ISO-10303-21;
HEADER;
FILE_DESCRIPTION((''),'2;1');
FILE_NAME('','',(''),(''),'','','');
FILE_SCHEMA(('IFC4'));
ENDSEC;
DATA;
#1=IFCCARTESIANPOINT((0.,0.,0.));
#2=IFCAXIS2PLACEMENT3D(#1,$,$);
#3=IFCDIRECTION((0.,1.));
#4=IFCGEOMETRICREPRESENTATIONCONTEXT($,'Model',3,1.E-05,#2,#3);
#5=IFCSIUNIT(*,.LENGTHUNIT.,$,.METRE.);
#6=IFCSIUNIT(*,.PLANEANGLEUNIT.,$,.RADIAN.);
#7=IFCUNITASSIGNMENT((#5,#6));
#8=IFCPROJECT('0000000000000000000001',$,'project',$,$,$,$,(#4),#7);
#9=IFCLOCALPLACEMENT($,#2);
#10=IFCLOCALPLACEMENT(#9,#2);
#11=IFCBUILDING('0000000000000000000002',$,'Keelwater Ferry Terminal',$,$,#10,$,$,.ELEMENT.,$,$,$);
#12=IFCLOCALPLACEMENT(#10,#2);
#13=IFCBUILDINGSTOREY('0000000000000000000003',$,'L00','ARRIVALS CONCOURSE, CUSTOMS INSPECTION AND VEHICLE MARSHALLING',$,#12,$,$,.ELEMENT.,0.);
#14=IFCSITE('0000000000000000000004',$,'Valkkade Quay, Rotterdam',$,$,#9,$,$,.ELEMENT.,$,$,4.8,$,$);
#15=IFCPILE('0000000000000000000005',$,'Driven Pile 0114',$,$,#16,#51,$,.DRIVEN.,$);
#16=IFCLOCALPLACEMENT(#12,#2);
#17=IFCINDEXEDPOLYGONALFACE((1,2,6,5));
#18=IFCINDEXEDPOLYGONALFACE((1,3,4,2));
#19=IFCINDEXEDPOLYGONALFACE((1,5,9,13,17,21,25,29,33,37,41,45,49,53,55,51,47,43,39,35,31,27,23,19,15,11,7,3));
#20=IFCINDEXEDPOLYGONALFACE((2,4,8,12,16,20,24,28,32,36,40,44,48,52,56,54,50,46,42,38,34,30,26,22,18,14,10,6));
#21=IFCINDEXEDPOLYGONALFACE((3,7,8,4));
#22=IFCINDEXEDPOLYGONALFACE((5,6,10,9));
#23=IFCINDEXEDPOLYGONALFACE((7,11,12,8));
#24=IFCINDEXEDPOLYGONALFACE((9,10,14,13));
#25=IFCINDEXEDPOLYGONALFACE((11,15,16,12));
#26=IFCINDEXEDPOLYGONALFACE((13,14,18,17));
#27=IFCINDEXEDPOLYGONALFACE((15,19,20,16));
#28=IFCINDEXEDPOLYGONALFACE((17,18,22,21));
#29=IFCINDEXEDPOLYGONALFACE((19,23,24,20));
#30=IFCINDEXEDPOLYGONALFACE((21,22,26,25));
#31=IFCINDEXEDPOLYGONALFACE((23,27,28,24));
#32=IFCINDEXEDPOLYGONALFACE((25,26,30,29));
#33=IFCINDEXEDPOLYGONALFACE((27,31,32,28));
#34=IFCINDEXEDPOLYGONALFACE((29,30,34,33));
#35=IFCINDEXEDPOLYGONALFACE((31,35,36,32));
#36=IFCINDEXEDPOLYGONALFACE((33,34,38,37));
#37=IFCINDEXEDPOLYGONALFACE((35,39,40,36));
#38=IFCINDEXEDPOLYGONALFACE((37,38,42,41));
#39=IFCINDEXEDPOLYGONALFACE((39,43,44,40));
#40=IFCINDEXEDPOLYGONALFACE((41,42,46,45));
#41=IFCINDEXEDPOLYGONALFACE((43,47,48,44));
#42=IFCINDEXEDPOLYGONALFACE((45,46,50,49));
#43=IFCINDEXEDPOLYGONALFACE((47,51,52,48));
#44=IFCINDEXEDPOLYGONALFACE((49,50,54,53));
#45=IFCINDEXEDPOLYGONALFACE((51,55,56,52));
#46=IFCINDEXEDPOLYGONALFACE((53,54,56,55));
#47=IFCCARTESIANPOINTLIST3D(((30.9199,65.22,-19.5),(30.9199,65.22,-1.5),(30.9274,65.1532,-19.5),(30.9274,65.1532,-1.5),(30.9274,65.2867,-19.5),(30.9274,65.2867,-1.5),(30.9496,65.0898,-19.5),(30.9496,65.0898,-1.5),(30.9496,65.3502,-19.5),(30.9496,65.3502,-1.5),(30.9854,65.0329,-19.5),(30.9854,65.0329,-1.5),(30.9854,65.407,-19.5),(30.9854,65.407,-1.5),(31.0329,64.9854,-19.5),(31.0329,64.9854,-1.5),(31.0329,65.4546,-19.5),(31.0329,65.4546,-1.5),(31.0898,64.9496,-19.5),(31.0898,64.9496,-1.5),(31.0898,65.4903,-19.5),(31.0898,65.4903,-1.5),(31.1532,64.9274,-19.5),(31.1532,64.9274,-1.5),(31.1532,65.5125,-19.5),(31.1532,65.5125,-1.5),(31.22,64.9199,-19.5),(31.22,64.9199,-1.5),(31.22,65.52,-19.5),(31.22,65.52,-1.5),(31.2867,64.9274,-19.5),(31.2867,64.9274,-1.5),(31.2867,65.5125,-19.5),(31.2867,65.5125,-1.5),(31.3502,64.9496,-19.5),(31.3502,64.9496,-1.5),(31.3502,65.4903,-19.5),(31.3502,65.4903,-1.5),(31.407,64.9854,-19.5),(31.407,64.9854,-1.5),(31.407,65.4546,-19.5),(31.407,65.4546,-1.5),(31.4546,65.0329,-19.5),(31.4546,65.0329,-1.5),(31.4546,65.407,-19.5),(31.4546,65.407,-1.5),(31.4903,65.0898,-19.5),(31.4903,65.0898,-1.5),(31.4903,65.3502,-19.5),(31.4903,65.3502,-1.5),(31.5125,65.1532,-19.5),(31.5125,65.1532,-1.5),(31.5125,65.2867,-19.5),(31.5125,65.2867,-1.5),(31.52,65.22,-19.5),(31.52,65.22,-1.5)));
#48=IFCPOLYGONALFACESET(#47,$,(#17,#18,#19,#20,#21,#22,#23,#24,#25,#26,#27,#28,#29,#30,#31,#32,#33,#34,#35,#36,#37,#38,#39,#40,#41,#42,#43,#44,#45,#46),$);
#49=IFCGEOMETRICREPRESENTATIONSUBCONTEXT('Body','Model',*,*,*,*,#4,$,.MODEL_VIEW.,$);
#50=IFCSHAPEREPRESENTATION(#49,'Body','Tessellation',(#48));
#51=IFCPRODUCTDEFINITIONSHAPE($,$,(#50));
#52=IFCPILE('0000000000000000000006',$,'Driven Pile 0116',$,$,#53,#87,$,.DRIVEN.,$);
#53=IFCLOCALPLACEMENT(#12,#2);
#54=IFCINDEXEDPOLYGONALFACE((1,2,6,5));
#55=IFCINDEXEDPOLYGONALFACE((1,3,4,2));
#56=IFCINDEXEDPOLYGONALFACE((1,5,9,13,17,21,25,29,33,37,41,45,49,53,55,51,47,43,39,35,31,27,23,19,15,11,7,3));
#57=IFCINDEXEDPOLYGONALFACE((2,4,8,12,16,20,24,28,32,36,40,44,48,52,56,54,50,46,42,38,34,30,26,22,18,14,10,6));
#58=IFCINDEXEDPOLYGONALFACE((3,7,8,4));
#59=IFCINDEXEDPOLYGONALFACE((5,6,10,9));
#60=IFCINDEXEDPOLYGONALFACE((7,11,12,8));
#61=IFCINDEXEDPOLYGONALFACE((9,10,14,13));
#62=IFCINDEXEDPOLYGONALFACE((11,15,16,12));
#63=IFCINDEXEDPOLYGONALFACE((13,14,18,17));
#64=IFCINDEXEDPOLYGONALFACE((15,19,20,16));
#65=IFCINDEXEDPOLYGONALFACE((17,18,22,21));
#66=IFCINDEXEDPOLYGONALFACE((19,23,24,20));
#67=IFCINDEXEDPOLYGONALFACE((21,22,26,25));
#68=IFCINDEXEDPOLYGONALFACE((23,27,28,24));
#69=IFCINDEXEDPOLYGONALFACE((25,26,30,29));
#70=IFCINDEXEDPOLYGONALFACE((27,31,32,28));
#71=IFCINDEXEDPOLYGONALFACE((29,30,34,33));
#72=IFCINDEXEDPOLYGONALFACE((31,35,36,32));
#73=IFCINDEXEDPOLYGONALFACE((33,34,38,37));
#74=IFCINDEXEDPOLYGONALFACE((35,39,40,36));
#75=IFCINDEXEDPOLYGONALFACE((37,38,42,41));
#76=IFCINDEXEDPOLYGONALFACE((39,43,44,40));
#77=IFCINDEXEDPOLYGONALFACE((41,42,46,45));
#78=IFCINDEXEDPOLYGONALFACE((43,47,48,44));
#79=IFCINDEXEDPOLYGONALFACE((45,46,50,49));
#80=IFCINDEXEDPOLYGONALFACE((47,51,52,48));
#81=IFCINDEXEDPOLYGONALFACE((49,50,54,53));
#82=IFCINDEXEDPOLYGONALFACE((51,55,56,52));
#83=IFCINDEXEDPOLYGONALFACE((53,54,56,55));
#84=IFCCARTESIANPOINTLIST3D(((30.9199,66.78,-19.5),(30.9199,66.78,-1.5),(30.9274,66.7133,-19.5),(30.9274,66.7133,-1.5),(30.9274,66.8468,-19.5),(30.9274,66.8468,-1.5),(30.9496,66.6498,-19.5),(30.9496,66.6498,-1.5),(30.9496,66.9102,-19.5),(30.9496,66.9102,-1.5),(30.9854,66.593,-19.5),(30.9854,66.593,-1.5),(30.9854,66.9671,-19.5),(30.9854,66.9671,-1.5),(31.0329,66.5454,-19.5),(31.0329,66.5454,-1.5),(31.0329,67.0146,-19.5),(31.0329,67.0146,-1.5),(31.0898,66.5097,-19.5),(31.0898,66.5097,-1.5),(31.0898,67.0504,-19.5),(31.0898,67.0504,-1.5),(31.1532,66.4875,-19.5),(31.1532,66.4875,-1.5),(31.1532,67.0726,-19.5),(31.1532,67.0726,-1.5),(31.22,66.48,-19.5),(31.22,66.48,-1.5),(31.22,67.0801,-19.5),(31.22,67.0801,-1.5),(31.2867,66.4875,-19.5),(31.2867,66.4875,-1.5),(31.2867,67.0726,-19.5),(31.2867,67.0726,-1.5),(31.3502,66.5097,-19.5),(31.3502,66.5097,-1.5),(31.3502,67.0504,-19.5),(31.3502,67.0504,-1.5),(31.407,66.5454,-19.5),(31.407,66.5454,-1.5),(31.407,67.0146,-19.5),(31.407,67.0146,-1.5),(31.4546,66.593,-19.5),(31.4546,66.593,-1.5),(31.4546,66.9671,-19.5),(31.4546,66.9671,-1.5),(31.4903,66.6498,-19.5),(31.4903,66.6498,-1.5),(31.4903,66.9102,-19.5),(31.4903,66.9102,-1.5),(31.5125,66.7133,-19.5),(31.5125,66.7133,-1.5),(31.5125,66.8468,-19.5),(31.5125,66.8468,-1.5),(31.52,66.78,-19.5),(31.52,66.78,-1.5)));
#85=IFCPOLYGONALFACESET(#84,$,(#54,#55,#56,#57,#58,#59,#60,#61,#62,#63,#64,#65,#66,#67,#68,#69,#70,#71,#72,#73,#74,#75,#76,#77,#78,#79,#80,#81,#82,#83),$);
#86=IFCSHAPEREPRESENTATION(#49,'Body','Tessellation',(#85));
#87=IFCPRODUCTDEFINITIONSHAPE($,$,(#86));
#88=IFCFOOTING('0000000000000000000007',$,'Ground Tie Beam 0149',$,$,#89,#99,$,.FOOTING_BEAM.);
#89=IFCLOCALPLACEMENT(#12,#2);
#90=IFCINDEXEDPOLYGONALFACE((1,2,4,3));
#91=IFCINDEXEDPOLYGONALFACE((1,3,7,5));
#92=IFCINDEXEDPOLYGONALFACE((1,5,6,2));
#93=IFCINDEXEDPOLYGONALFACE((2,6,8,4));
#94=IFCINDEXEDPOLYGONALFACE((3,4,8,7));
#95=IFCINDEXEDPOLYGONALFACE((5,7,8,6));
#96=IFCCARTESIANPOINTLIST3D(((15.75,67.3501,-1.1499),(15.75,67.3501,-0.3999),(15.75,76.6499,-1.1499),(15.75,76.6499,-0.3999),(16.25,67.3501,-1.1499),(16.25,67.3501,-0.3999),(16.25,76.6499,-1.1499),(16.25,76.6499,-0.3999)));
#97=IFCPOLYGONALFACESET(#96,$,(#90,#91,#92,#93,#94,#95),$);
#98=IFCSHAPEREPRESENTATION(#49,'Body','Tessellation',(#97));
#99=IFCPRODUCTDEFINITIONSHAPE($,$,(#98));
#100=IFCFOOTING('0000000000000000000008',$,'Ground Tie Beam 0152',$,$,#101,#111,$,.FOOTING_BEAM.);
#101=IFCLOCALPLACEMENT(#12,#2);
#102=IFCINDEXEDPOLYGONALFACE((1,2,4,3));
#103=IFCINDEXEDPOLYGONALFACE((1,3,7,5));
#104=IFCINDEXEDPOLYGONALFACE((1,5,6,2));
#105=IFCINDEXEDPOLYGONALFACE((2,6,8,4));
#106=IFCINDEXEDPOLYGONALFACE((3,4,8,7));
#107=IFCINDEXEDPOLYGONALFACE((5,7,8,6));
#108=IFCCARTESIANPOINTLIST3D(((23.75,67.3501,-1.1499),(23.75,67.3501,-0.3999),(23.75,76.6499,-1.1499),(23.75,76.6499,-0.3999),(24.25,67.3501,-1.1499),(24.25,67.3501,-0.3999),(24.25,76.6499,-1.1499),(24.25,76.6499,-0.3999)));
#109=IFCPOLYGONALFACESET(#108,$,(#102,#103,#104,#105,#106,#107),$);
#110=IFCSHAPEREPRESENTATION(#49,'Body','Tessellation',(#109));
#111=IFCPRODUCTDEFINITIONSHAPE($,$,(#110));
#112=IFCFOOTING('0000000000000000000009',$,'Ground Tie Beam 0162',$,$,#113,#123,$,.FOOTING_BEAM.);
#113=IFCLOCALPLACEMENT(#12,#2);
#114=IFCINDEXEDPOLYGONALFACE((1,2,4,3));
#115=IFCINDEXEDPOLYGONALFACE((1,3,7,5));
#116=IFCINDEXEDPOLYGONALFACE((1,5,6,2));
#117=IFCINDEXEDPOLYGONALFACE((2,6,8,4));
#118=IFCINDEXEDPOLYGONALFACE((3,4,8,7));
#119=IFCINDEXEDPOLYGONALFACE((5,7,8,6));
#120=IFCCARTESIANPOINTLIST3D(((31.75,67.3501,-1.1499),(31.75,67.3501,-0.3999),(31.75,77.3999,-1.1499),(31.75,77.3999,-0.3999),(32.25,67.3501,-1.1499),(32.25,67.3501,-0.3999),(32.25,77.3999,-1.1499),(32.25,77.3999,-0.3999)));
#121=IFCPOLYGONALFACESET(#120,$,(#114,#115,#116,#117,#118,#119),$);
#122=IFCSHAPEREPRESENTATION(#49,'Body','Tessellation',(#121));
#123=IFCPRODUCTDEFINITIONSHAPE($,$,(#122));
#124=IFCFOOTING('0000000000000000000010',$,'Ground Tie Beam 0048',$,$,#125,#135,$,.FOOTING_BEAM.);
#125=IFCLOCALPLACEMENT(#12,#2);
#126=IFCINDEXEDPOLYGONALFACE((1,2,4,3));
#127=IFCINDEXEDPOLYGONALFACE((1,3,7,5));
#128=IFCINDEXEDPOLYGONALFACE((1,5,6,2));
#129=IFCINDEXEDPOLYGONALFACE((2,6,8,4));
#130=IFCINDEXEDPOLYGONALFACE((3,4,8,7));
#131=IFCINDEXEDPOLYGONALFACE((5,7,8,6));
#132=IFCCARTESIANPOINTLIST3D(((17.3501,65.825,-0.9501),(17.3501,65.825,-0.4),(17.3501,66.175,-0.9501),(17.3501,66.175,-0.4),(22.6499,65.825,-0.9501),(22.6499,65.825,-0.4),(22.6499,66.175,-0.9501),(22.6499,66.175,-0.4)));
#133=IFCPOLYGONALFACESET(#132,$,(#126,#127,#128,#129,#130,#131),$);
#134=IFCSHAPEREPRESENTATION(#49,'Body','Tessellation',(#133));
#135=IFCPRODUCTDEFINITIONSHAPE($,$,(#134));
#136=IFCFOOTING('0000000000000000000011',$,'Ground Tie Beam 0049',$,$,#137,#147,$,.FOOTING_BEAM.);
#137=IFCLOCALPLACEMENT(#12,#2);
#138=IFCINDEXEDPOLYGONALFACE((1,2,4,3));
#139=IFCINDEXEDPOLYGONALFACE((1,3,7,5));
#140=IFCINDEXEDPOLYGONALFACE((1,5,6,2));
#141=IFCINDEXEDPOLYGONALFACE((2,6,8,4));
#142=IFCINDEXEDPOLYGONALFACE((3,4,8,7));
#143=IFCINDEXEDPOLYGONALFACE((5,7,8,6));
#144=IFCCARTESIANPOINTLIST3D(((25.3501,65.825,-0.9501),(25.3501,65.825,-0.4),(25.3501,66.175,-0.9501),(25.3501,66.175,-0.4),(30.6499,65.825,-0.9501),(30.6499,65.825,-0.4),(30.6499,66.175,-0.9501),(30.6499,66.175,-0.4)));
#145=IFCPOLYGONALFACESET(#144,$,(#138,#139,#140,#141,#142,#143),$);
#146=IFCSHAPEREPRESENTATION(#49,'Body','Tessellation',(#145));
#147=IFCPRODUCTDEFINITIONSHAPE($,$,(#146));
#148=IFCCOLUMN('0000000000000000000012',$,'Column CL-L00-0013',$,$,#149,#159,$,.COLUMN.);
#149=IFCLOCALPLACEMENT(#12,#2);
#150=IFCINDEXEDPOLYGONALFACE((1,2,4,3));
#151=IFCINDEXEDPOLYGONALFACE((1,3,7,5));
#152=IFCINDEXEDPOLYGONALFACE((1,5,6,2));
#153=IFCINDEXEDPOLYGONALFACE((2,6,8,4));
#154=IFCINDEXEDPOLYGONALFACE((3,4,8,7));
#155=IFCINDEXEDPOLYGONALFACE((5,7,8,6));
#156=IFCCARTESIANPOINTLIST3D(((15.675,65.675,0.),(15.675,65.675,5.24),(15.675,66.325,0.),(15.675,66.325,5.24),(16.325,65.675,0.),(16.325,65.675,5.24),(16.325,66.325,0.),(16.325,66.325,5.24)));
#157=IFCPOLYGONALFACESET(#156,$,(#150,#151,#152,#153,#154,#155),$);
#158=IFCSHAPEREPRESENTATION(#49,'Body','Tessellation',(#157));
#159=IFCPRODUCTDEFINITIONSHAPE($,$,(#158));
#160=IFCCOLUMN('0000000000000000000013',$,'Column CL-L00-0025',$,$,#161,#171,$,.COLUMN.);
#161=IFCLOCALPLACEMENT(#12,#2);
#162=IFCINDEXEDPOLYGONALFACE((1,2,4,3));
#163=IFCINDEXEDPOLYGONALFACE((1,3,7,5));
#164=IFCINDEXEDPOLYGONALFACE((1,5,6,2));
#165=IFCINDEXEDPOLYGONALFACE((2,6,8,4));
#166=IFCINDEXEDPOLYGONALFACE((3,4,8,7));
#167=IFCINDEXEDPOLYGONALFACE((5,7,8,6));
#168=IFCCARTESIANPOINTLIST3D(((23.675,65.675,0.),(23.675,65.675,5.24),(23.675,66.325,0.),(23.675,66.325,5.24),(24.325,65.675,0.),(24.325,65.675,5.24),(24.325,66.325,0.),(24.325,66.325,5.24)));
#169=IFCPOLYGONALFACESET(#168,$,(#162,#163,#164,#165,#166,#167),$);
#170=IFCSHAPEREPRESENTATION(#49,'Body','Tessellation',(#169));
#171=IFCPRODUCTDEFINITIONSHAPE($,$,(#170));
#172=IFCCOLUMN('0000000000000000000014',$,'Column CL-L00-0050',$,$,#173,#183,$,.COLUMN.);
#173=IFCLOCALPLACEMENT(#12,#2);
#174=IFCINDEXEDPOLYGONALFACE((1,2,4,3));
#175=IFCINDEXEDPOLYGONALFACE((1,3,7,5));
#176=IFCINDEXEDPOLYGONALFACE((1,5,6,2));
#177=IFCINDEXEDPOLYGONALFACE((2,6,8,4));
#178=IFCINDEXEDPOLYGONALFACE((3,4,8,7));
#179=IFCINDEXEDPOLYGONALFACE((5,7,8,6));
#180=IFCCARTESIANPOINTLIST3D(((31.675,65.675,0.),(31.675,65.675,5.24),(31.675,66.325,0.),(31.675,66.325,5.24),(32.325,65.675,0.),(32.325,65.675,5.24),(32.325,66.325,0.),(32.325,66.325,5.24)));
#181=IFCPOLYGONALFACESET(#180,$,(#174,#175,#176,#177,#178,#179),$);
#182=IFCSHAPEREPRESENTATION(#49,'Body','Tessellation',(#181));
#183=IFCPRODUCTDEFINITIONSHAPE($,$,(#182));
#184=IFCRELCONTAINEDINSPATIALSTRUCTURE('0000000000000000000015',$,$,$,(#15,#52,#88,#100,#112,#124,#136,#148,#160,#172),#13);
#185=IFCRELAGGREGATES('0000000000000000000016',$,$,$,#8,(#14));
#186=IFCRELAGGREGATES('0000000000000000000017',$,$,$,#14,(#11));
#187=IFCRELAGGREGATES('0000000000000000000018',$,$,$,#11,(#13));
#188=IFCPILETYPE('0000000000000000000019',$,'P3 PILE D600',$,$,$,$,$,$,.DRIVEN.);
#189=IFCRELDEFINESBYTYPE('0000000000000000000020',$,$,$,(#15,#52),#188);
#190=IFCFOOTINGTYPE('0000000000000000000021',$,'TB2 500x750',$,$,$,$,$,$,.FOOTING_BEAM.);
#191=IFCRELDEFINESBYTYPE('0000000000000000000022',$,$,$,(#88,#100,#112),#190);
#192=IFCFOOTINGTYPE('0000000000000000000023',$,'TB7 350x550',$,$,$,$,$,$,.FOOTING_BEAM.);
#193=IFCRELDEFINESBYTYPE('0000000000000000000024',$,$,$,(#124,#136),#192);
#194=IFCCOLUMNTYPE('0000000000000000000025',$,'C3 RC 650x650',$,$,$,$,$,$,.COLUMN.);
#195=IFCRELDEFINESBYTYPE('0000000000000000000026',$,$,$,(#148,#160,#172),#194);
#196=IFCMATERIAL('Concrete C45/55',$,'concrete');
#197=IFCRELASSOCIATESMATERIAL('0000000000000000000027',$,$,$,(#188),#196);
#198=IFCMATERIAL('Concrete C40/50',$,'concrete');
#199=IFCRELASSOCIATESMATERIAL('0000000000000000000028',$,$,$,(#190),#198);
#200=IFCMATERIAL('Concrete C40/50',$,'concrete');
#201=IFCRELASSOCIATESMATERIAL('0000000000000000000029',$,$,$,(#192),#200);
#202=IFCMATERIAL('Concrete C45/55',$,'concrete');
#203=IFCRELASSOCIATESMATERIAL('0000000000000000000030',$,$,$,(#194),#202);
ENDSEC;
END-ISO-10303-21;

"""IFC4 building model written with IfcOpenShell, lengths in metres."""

from ifc_helpers import new_model, si_unit, direction, frame, origin, origin_2d, place, context, subcontext, project, spatial, rectangle, circle, extrude, material, material_profile, profile_set, type_object, element, save


model = new_model("IFC4")

# Units and contexts
model_context = context("Model", 3, precision=1e-05, world=origin(), true_north=direction((0.0, 1.0)))
body_context = subcontext(model_context, "Body", "Model", "MODEL_VIEW")
ifc_project = project(units=[si_unit("LENGTHUNIT", "METRE"), si_unit("PLANEANGLEUNIT", "RADIAN")], contexts=[model_context])

# Site, building, storey
site_placement = place(None, origin())
site = spatial("IfcSite", under=ifc_project, at=site_placement, Name="Valkkade Quay, Rotterdam", CompositionType="ELEMENT", RefElevation=4.8)
building_placement = place(site_placement, origin())
building = spatial("IfcBuilding", under=site, at=building_placement, Name="Keelwater Ferry Terminal", CompositionType="ELEMENT")
storey_placement = place(building_placement, origin())
storey = spatial("IfcBuildingStorey", under=building, at=storey_placement, Name="L00", Description="ARRIVALS CONCOURSE, CUSTOMS INSPECTION AND VEHICLE MARSHALLING", CompositionType="ELEMENT", Elevation=0.0)

# Piles
ifc_material_1 = material(Name="Concrete C45/55", Category="concrete")
ifc_material_profile_1 = material_profile(ifc_material_1, circle(Radius=0.3, at=origin_2d()), Name="PILE D600")
ifc_profile_set_1 = profile_set([ifc_material_profile_1], Name="Concrete C45/55")
pile_type = type_object("IfcPileType", Name="P3 PILE D600", PredefinedType="DRIVEN", material=ifc_profile_set_1)
for number, where, z_axis, x_axis, name in (
    (1, (31.22, 65.22, -1.5), (0.0, 0.0, -1.0), (1.0, 0.0, 0.0), "Driven Pile 0114"),
    (2, (31.22, 66.78, -1.5), (0.0, 0.0, -1.0), (1.0, 0.0, 0.0), "Driven Pile 0116"),
):
    element("IfcPile", number, at=place(storey_placement, frame(where, z_axis=z_axis, x_axis=x_axis)), inside=storey, type_object=pile_type, Name=name, PredefinedType="DRIVEN", context=body_context, shape_type="SweptSolid", body=[
        extrude(circle(Radius=0.3, at=origin_2d()), origin(), (0.0, 0.0, 1.0), 18.0),
    ])

# Footings
ifc_material_2 = material(Name="Concrete C40/50", Category="concrete")
ifc_material_profile_2 = material_profile(ifc_material_2, rectangle(XDim=0.5, YDim=0.75, at=origin_2d()), Name="TB 500x750")
ifc_profile_set_2 = profile_set([ifc_material_profile_2], Name="Concrete C40/50")
footing_type_1 = type_object("IfcFootingType", Name="TB2 500x750", PredefinedType="FOOTING_BEAM", material=ifc_profile_set_2)
for number, where, z_axis, x_axis, name in (
    (3, (16.0, 67.3501, -0.7749), (0.0, 1.0, 0.0), (-1.0, 0.0, 0.0), "Ground Tie Beam 0149"),
    (4, (24.0, 67.3501, -0.7749), (0.0, 1.0, 0.0), (-1.0, 0.0, 0.0), "Ground Tie Beam 0152"),
):
    element("IfcFooting", number, at=place(storey_placement, frame(where, z_axis=z_axis, x_axis=x_axis)), inside=storey, type_object=footing_type_1, Name=name, PredefinedType="FOOTING_BEAM", context=body_context, shape_type="SweptSolid", body=[
        extrude(rectangle(XDim=0.5, YDim=0.75, at=origin_2d()), origin(), (0.0, 0.0, 1.0), 9.2998),
    ])
footing_placement = place(storey_placement, frame((32.0, 67.3501, -0.7749), z_axis=(0.0, 1.0, 0.0), x_axis=(-1.0, 0.0, 0.0)))
element("IfcFooting", 5, at=footing_placement, inside=storey, type_object=footing_type_1, Name="Ground Tie Beam 0162", PredefinedType="FOOTING_BEAM", context=body_context, shape_type="SweptSolid", body=[
    extrude(rectangle(XDim=0.5, YDim=0.75, at=origin_2d()), origin(), (0.0, 0.0, 1.0), 10.0498),
])
ifc_material_3 = material(Name="Concrete C40/50", Category="concrete")
ifc_material_profile_3 = material_profile(ifc_material_3, rectangle(XDim=0.3501, YDim=0.55, at=origin_2d()), Name="TB 350x550")
ifc_profile_set_3 = profile_set([ifc_material_profile_3], Name="Concrete C40/50")
footing_type_2 = type_object("IfcFootingType", Name="TB7 350x550", PredefinedType="FOOTING_BEAM", material=ifc_profile_set_3)
for number, where, z_axis, x_axis, name in (
    (6, (17.3501, 66.0, -0.675), (1.0, 0.0, 0.0), (0.0, 1.0, 0.0), "Ground Tie Beam 0048"),
    (7, (25.3501, 66.0, -0.675), (1.0, 0.0, 0.0), (0.0, 1.0, 0.0), "Ground Tie Beam 0049"),
):
    element("IfcFooting", number, at=place(storey_placement, frame(where, z_axis=z_axis, x_axis=x_axis)), inside=storey, type_object=footing_type_2, Name=name, PredefinedType="FOOTING_BEAM", context=body_context, shape_type="SweptSolid", body=[
        extrude(rectangle(XDim=0.3501, YDim=0.55, at=origin_2d()), origin(), (0.0, 0.0, 1.0), 5.2998),
    ])

# Columns
ifc_material_4 = material(Name="Concrete C45/55", Category="concrete")
ifc_material_profile_4 = material_profile(ifc_material_4, rectangle(XDim=0.6499, YDim=0.6499, at=origin_2d()), Name="RC 650x650")
ifc_profile_set_4 = profile_set([ifc_material_profile_4], Name="Concrete C45/55")
column_type = type_object("IfcColumnType", Name="C3 RC 650x650", PredefinedType="COLUMN", material=ifc_profile_set_4)
for number, where, z_axis, x_axis, name in (
    (8, (16.0, 66.0, 0.0), (0.0, 0.0, 1.0), (1.0, 0.0, 0.0), "Column CL-L00-0013"),
    (9, (24.0, 66.0, 0.0), (0.0, 0.0, 1.0), (1.0, 0.0, 0.0), "Column CL-L00-0025"),
    (10, (32.0, 66.0, 0.0), (0.0, 0.0, 1.0), (1.0, 0.0, 0.0), "Column CL-L00-0050"),
):
    element("IfcColumn", number, at=place(storey_placement, frame(where, z_axis=z_axis, x_axis=x_axis)), inside=storey, type_object=column_type, Name=name, PredefinedType="COLUMN", context=body_context, shape_type="SweptSolid", body=[
        extrude(rectangle(XDim=0.6499, YDim=0.6499, at=origin_2d()), origin(), (0.0, 0.0, 1.0), 5.24),
    ])

save(model, "model.ifc")
